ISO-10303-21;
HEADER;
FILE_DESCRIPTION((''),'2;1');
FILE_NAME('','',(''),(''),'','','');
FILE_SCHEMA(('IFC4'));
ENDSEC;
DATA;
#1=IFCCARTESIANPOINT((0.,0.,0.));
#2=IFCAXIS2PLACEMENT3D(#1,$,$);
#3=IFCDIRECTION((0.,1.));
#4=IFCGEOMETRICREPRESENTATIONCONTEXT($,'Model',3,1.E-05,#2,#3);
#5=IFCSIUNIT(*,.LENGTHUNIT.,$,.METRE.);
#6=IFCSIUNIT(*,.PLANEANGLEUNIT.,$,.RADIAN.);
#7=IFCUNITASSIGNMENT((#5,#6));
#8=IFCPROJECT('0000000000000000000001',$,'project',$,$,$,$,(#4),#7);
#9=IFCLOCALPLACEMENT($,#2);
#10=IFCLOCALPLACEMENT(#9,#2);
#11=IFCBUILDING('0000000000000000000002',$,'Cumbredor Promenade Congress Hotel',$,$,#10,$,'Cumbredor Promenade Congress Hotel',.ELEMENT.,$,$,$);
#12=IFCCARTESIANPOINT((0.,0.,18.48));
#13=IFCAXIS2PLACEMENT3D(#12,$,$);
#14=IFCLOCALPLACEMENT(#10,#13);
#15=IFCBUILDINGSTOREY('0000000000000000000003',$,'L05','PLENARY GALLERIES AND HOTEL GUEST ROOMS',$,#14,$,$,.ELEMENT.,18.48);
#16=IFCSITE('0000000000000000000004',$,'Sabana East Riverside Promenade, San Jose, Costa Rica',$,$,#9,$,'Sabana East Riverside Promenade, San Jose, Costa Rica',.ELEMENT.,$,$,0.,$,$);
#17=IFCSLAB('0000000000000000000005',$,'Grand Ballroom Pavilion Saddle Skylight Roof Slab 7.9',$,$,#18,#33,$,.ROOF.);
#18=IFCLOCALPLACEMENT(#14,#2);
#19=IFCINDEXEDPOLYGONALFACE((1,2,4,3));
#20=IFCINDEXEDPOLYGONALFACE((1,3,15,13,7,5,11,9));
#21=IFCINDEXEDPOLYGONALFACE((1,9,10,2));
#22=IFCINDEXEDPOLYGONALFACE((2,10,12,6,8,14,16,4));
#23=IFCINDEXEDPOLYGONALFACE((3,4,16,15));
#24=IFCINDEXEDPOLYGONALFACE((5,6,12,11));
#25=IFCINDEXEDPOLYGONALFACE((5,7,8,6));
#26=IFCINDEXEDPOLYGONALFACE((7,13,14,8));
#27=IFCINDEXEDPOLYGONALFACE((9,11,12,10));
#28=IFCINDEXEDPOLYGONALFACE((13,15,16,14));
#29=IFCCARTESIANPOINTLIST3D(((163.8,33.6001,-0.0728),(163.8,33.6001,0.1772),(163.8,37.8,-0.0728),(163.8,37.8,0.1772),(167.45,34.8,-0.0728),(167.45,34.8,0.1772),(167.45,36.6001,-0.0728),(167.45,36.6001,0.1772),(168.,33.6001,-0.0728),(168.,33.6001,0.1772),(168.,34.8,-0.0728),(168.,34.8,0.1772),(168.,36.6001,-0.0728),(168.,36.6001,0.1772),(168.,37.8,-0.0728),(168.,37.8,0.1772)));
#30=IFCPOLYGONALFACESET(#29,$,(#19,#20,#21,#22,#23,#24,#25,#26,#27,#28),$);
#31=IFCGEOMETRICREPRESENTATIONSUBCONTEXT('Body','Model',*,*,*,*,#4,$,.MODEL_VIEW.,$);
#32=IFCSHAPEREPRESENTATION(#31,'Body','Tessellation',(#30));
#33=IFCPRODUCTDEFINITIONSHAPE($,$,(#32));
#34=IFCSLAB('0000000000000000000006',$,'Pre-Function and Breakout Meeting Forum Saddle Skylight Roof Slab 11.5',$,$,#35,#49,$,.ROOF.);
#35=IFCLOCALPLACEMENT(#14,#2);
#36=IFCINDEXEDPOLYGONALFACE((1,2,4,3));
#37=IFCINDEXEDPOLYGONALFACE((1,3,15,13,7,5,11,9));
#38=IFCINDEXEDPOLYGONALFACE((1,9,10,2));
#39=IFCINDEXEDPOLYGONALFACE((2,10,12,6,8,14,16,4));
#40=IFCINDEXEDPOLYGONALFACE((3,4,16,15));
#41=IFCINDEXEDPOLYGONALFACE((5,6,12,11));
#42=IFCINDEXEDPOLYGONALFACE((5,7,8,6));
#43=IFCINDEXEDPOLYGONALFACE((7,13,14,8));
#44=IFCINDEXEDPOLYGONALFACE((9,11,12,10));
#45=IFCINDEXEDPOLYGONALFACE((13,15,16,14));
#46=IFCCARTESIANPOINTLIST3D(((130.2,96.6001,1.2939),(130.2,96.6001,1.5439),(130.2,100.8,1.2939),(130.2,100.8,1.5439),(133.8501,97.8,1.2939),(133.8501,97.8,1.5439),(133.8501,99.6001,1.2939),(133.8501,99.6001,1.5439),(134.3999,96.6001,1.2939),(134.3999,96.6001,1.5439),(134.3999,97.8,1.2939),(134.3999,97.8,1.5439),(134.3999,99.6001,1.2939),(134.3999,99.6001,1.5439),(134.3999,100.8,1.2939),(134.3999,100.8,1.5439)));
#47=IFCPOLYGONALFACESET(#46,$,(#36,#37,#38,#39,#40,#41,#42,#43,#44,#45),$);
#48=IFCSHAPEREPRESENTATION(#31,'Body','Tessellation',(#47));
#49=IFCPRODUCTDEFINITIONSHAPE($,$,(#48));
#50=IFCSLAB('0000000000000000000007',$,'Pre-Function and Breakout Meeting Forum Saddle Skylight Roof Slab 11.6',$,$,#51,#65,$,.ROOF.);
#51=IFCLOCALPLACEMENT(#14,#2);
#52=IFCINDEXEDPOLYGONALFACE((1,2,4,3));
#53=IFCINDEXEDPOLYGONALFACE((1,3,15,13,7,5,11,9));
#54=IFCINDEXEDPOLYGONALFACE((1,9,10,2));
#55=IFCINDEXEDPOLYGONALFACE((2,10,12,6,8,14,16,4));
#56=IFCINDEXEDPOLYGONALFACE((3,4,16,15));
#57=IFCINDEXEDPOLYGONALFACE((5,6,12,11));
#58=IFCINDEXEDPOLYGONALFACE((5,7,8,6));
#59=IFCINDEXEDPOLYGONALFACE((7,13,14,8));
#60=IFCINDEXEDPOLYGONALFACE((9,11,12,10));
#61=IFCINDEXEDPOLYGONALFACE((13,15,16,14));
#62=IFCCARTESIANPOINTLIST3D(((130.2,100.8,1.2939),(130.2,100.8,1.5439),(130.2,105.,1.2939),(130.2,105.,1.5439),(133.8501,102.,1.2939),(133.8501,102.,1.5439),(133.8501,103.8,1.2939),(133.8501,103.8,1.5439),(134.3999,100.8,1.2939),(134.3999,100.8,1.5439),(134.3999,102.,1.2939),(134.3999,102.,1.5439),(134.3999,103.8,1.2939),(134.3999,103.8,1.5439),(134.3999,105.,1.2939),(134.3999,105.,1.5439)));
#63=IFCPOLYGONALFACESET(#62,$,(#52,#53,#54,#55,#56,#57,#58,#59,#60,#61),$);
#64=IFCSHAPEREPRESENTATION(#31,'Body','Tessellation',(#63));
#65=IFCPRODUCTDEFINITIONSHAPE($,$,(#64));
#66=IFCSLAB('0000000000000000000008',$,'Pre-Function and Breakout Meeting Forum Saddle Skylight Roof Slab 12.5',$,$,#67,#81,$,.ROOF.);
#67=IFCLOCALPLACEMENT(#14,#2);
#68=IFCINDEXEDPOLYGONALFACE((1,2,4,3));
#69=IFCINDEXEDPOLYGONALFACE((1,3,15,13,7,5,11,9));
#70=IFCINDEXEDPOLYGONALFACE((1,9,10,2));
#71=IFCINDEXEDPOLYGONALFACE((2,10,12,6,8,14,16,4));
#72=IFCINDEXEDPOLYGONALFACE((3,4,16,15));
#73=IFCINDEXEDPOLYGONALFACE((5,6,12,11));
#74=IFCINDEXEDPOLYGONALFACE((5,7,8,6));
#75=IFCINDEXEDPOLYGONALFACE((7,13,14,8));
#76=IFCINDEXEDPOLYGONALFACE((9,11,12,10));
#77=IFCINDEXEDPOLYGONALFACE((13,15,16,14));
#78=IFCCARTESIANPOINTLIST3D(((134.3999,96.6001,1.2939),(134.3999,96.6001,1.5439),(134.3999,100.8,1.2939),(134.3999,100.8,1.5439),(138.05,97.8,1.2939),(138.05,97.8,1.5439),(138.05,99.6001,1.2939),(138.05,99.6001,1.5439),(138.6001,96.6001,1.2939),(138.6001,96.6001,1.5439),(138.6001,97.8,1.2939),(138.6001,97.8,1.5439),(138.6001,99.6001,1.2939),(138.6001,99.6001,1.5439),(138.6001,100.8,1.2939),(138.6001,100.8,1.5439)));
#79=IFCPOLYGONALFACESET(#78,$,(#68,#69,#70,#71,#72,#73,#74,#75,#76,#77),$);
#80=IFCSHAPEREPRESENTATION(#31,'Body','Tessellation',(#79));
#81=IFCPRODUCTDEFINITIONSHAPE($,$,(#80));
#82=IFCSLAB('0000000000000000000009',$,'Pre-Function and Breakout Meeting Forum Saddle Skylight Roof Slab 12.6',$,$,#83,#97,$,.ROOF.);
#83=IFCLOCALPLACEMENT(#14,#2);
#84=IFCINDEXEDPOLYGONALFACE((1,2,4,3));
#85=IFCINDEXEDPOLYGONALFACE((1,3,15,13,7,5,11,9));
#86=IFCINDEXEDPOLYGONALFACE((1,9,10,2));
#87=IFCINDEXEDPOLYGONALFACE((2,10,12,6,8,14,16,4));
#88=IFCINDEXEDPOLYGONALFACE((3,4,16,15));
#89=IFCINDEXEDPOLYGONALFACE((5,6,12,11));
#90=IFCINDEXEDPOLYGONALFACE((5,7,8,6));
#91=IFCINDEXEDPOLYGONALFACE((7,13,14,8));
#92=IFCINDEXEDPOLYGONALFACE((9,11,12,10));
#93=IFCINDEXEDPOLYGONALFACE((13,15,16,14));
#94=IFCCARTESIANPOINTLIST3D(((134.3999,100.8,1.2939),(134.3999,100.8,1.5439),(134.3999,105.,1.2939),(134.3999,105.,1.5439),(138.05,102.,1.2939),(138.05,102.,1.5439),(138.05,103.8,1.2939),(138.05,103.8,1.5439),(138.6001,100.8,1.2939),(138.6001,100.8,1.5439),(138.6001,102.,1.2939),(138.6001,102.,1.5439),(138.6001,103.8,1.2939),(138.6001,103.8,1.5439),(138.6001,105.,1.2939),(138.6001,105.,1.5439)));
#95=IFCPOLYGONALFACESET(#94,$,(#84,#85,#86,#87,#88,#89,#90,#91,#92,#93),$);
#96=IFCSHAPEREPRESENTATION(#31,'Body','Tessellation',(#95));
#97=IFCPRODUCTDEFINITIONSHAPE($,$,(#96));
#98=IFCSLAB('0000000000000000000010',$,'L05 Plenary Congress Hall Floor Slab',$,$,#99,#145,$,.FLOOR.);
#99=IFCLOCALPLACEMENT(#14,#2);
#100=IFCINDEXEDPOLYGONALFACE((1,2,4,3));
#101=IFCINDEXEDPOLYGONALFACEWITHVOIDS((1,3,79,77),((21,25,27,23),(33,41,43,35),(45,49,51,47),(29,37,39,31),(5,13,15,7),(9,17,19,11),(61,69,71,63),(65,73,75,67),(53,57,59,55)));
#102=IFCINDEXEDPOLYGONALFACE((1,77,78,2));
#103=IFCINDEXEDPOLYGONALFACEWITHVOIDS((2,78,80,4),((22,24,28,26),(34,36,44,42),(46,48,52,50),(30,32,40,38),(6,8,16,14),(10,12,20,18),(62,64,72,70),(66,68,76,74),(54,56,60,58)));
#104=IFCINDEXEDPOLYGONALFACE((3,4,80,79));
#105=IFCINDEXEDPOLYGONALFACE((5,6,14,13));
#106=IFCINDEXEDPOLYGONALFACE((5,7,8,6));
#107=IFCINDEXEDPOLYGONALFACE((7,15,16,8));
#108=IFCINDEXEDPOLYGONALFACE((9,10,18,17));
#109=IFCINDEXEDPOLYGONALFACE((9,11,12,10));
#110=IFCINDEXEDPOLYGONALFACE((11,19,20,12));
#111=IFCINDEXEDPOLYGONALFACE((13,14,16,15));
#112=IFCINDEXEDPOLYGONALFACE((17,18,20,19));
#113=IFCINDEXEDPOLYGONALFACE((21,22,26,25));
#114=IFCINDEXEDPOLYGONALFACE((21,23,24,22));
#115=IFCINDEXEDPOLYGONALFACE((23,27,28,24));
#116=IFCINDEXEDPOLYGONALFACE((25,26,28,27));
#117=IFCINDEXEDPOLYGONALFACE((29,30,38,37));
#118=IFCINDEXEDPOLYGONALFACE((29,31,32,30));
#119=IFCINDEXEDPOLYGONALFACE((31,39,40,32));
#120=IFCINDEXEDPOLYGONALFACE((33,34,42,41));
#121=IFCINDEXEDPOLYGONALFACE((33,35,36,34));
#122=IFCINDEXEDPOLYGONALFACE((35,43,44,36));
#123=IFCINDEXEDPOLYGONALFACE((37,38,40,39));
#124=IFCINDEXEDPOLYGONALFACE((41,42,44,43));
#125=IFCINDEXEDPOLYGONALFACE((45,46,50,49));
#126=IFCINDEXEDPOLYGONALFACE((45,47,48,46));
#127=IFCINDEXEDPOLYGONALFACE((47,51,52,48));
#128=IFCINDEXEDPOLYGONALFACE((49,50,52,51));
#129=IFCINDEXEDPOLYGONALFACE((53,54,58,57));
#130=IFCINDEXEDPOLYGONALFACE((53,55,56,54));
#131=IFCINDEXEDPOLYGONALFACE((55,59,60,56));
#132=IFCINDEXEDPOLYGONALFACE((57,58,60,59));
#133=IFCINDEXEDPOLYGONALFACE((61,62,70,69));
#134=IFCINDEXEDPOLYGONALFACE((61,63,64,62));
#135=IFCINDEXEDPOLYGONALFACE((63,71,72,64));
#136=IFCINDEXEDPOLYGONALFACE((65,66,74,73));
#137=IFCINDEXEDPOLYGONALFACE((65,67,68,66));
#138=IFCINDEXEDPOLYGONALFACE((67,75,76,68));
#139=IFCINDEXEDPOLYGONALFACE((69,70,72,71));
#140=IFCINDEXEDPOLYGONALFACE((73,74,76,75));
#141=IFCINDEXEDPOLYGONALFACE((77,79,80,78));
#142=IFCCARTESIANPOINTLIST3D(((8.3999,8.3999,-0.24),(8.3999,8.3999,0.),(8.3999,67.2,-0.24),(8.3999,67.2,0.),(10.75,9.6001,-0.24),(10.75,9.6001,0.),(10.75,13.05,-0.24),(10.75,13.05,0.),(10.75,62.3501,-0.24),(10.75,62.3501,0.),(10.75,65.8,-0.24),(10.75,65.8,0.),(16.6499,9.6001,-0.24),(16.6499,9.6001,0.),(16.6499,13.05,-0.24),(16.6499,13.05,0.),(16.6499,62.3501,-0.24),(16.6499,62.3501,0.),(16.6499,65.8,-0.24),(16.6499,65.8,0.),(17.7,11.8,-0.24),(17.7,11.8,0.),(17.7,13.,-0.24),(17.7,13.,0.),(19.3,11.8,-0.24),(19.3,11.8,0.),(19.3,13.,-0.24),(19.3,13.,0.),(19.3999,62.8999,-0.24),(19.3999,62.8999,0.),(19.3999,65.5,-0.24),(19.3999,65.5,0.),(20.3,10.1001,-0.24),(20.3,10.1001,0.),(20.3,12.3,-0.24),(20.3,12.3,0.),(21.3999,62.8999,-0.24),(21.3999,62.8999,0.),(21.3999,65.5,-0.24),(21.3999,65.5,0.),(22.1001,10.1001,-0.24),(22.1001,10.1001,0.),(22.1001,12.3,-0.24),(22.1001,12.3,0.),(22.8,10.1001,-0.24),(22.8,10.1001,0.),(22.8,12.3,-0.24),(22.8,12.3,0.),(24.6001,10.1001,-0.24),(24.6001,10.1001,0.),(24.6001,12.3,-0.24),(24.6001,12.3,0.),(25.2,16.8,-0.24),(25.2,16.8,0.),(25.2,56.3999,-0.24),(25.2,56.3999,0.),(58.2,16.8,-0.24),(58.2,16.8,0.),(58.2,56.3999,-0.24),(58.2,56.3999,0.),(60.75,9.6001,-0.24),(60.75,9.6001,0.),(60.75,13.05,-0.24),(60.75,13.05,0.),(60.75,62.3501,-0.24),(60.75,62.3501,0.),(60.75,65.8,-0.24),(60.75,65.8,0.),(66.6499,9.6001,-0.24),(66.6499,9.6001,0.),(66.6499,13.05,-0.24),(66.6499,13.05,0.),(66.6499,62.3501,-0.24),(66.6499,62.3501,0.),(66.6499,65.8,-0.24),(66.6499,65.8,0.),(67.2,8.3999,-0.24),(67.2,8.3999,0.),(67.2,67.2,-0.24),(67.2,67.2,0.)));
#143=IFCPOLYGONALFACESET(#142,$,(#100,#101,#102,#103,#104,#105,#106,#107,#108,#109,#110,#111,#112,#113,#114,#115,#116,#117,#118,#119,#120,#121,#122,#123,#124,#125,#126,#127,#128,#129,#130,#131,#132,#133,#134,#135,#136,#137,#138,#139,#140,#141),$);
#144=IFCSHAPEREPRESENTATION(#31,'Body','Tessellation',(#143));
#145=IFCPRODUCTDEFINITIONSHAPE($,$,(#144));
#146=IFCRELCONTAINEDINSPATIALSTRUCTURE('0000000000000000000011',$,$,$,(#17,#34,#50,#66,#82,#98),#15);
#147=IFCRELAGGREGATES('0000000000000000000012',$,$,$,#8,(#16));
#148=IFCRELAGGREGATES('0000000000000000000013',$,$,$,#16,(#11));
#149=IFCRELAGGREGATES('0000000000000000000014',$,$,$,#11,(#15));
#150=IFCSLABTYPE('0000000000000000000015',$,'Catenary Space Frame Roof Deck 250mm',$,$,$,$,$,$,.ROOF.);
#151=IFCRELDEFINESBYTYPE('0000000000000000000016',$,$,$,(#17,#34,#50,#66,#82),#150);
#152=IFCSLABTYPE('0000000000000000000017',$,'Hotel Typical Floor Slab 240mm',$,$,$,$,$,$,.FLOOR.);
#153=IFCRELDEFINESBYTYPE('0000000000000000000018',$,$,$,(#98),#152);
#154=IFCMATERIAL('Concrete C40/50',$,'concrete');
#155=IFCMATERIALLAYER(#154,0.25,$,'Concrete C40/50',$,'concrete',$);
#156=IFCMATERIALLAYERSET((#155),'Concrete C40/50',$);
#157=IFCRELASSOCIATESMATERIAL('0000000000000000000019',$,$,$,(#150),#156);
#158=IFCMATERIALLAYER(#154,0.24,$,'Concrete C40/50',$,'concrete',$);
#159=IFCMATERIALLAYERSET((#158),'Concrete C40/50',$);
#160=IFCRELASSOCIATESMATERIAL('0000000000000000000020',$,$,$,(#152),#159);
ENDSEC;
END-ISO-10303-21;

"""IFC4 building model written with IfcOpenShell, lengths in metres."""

from ifc_helpers import new_model, si_unit, direction, frame, origin, place, context, subcontext, project, spatial, polyline, outline, extrude, material, layer, layer_set, type_object, element, save


model = new_model("IFC4")

# Units and contexts
model_context = context("Model", 3, precision=1e-05, world=origin(), true_north=direction((0.0, 1.0)))
body_context = subcontext(model_context, "Body", "Model", "MODEL_VIEW")
ifc_project = project(units=[si_unit("LENGTHUNIT", "METRE"), si_unit("PLANEANGLEUNIT", "RADIAN")], contexts=[model_context])

# Site, building, storey
site_placement = place(None, origin())
site = spatial("IfcSite", under=ifc_project, at=site_placement, Name="Sabana East Riverside Promenade, San Jose, Costa Rica", LongName="Sabana East Riverside Promenade, San Jose, Costa Rica", CompositionType="ELEMENT", RefElevation=0.0)
building_placement = place(site_placement, origin())
building = spatial("IfcBuilding", under=site, at=building_placement, Name="Cumbredor Promenade Congress Hotel", LongName="Cumbredor Promenade Congress Hotel", CompositionType="ELEMENT")
storey_placement = place(building_placement, frame((0.0, 0.0, 18.48)))
storey = spatial("IfcBuildingStorey", under=building, at=storey_placement, Name="L05", Description="PLENARY GALLERIES AND HOTEL GUEST ROOMS", CompositionType="ELEMENT", Elevation=18.48)

# Slabs
ifc_material_1 = material(Name="Concrete C40/50", Category="concrete")
ifc_layer_1 = layer(ifc_material_1, 0.25, Name="Concrete C40/50", Category="concrete")
ifc_layer_set_1 = layer_set([ifc_layer_1], Name="Concrete C40/50")
slab_type_1 = type_object("IfcSlabType", Name="Catenary Space Frame Roof Deck 250mm", PredefinedType="ROOF", material=ifc_layer_set_1)
slab_1_placement = place(storey_placement, frame((0.0, 0.0, -0.0728)))
element("IfcSlab", 1, at=slab_1_placement, inside=storey, type_object=slab_type_1, Name="Grand Ballroom Pavilion Saddle Skylight Roof Slab 7.9", PredefinedType="ROOF", context=body_context, shape_type="SweptSolid", body=[
    extrude(outline(polyline([(163.8, 33.6001), (168.0, 33.6001), (168.0, 34.8), (167.45, 34.8), (167.45, 36.6001), (168.0, 36.6001), (168.0, 37.8), (163.8, 37.8), (163.8, 33.6001)])), origin(), (0.0, 0.0, 1.0), 0.25),
])
slab_2_placement = place(storey_placement, frame((0.0, 0.0, 1.2939)))
element("IfcSlab", 2, at=slab_2_placement, inside=storey, type_object=slab_type_1, Name="Pre-Function and Breakout Meeting Forum Saddle Skylight Roof Slab 11.5", PredefinedType="ROOF", context=body_context, shape_type="SweptSolid", body=[
    extrude(outline(polyline([(130.2, 96.6001), (134.3999, 96.6001), (134.3999, 97.8), (133.8501, 97.8), (133.8501, 99.6001), (134.3999, 99.6001), (134.3999, 100.8), (130.2, 100.8), (130.2, 96.6001)])), origin(), (0.0, 0.0, 1.0), 0.25),
])
slab_3_placement = place(storey_placement, frame((0.0, 0.0, 1.2939)))
element("IfcSlab", 3, at=slab_3_placement, inside=storey, type_object=slab_type_1, Name="Pre-Function and Breakout Meeting Forum Saddle Skylight Roof Slab 11.6", PredefinedType="ROOF", context=body_context, shape_type="SweptSolid", body=[
    extrude(outline(polyline([(130.2, 100.8), (134.3999, 100.8), (134.3999, 102.0), (133.8501, 102.0), (133.8501, 103.8), (134.3999, 103.8), (134.3999, 105.0), (130.2, 105.0), (130.2, 100.8)])), origin(), (0.0, 0.0, 1.0), 0.25),
])
slab_4_placement = place(storey_placement, frame((0.0, 0.0, 1.2939)))
element("IfcSlab", 4, at=slab_4_placement, inside=storey, type_object=slab_type_1, Name="Pre-Function and Breakout Meeting Forum Saddle Skylight Roof Slab 12.5", PredefinedType="ROOF", context=body_context, shape_type="SweptSolid", body=[
    extrude(outline(polyline([(134.3999, 96.6001), (138.6001, 96.6001), (138.6001, 97.8), (138.05, 97.8), (138.05, 99.6001), (138.6001, 99.6001), (138.6001, 100.8), (134.3999, 100.8), (134.3999, 96.6001)])), origin(), (0.0, 0.0, 1.0), 0.25),
])
slab_5_placement = place(storey_placement, frame((0.0, 0.0, 1.2939)))
element("IfcSlab", 5, at=slab_5_placement, inside=storey, type_object=slab_type_1, Name="Pre-Function and Breakout Meeting Forum Saddle Skylight Roof Slab 12.6", PredefinedType="ROOF", context=body_context, shape_type="SweptSolid", body=[
    extrude(outline(polyline([(134.3999, 100.8), (138.6001, 100.8), (138.6001, 102.0), (138.05, 102.0), (138.05, 103.8), (138.6001, 103.8), (138.6001, 105.0), (134.3999, 105.0), (134.3999, 100.8)])), origin(), (0.0, 0.0, 1.0), 0.25),
])
ifc_layer_2 = layer(ifc_material_1, 0.24, Name="Concrete C40/50", Category="concrete")
ifc_layer_set_2 = layer_set([ifc_layer_2], Name="Concrete C40/50")
slab_type_2 = type_object("IfcSlabType", Name="Hotel Typical Floor Slab 240mm", PredefinedType="FLOOR", material=ifc_layer_set_2)
slab_6_placement = place(storey_placement, frame((0.0, 0.0, -0.24)))
element("IfcSlab", 6, at=slab_6_placement, inside=storey, type_object=slab_type_2, Name="L05 Plenary Congress Hall Floor Slab", PredefinedType="FLOOR", context=body_context, shape_type="SweptSolid", body=[
    extrude(outline(polyline([(8.3999, 8.3999), (67.2, 8.3999), (67.2, 67.2), (8.3999, 67.2), (8.3999, 8.3999)]), holes=[polyline([(10.75, 9.6001), (16.6499, 9.6001), (16.6499, 13.05), (10.75, 13.05), (10.75, 9.6001)]), polyline([(60.75, 9.6001), (66.6499, 9.6001), (66.6499, 13.05), (60.75, 13.05), (60.75, 9.6001)]), polyline([(10.75, 62.3501), (16.6499, 62.3501), (16.6499, 65.8), (10.75, 65.8), (10.75, 62.3501)]), polyline([(60.75, 62.3501), (66.6499, 62.3501), (66.6499, 65.8), (60.75, 65.8), (60.75, 62.3501)]), polyline([(20.3, 10.1001), (22.1001, 10.1001), (22.1001, 12.3), (20.3, 12.3), (20.3, 10.1001)]), polyline([(22.8, 10.1001), (24.6001, 10.1001), (24.6001, 12.3), (22.8, 12.3), (22.8, 10.1001)]), polyline([(19.3999, 62.8999), (21.3999, 62.8999), (21.3999, 65.5), (19.3999, 65.5), (19.3999, 62.8999)]), polyline([(17.7, 11.8), (19.3, 11.8), (19.3, 13.0), (17.7, 13.0), (17.7, 11.8)]), polyline([(25.2, 16.8), (58.2, 16.8), (58.2, 56.3999), (25.2, 56.3999), (25.2, 16.8)])]), origin(), (0.0, 0.0, 1.0), 0.24),
])

save(model, "model.ifc")
